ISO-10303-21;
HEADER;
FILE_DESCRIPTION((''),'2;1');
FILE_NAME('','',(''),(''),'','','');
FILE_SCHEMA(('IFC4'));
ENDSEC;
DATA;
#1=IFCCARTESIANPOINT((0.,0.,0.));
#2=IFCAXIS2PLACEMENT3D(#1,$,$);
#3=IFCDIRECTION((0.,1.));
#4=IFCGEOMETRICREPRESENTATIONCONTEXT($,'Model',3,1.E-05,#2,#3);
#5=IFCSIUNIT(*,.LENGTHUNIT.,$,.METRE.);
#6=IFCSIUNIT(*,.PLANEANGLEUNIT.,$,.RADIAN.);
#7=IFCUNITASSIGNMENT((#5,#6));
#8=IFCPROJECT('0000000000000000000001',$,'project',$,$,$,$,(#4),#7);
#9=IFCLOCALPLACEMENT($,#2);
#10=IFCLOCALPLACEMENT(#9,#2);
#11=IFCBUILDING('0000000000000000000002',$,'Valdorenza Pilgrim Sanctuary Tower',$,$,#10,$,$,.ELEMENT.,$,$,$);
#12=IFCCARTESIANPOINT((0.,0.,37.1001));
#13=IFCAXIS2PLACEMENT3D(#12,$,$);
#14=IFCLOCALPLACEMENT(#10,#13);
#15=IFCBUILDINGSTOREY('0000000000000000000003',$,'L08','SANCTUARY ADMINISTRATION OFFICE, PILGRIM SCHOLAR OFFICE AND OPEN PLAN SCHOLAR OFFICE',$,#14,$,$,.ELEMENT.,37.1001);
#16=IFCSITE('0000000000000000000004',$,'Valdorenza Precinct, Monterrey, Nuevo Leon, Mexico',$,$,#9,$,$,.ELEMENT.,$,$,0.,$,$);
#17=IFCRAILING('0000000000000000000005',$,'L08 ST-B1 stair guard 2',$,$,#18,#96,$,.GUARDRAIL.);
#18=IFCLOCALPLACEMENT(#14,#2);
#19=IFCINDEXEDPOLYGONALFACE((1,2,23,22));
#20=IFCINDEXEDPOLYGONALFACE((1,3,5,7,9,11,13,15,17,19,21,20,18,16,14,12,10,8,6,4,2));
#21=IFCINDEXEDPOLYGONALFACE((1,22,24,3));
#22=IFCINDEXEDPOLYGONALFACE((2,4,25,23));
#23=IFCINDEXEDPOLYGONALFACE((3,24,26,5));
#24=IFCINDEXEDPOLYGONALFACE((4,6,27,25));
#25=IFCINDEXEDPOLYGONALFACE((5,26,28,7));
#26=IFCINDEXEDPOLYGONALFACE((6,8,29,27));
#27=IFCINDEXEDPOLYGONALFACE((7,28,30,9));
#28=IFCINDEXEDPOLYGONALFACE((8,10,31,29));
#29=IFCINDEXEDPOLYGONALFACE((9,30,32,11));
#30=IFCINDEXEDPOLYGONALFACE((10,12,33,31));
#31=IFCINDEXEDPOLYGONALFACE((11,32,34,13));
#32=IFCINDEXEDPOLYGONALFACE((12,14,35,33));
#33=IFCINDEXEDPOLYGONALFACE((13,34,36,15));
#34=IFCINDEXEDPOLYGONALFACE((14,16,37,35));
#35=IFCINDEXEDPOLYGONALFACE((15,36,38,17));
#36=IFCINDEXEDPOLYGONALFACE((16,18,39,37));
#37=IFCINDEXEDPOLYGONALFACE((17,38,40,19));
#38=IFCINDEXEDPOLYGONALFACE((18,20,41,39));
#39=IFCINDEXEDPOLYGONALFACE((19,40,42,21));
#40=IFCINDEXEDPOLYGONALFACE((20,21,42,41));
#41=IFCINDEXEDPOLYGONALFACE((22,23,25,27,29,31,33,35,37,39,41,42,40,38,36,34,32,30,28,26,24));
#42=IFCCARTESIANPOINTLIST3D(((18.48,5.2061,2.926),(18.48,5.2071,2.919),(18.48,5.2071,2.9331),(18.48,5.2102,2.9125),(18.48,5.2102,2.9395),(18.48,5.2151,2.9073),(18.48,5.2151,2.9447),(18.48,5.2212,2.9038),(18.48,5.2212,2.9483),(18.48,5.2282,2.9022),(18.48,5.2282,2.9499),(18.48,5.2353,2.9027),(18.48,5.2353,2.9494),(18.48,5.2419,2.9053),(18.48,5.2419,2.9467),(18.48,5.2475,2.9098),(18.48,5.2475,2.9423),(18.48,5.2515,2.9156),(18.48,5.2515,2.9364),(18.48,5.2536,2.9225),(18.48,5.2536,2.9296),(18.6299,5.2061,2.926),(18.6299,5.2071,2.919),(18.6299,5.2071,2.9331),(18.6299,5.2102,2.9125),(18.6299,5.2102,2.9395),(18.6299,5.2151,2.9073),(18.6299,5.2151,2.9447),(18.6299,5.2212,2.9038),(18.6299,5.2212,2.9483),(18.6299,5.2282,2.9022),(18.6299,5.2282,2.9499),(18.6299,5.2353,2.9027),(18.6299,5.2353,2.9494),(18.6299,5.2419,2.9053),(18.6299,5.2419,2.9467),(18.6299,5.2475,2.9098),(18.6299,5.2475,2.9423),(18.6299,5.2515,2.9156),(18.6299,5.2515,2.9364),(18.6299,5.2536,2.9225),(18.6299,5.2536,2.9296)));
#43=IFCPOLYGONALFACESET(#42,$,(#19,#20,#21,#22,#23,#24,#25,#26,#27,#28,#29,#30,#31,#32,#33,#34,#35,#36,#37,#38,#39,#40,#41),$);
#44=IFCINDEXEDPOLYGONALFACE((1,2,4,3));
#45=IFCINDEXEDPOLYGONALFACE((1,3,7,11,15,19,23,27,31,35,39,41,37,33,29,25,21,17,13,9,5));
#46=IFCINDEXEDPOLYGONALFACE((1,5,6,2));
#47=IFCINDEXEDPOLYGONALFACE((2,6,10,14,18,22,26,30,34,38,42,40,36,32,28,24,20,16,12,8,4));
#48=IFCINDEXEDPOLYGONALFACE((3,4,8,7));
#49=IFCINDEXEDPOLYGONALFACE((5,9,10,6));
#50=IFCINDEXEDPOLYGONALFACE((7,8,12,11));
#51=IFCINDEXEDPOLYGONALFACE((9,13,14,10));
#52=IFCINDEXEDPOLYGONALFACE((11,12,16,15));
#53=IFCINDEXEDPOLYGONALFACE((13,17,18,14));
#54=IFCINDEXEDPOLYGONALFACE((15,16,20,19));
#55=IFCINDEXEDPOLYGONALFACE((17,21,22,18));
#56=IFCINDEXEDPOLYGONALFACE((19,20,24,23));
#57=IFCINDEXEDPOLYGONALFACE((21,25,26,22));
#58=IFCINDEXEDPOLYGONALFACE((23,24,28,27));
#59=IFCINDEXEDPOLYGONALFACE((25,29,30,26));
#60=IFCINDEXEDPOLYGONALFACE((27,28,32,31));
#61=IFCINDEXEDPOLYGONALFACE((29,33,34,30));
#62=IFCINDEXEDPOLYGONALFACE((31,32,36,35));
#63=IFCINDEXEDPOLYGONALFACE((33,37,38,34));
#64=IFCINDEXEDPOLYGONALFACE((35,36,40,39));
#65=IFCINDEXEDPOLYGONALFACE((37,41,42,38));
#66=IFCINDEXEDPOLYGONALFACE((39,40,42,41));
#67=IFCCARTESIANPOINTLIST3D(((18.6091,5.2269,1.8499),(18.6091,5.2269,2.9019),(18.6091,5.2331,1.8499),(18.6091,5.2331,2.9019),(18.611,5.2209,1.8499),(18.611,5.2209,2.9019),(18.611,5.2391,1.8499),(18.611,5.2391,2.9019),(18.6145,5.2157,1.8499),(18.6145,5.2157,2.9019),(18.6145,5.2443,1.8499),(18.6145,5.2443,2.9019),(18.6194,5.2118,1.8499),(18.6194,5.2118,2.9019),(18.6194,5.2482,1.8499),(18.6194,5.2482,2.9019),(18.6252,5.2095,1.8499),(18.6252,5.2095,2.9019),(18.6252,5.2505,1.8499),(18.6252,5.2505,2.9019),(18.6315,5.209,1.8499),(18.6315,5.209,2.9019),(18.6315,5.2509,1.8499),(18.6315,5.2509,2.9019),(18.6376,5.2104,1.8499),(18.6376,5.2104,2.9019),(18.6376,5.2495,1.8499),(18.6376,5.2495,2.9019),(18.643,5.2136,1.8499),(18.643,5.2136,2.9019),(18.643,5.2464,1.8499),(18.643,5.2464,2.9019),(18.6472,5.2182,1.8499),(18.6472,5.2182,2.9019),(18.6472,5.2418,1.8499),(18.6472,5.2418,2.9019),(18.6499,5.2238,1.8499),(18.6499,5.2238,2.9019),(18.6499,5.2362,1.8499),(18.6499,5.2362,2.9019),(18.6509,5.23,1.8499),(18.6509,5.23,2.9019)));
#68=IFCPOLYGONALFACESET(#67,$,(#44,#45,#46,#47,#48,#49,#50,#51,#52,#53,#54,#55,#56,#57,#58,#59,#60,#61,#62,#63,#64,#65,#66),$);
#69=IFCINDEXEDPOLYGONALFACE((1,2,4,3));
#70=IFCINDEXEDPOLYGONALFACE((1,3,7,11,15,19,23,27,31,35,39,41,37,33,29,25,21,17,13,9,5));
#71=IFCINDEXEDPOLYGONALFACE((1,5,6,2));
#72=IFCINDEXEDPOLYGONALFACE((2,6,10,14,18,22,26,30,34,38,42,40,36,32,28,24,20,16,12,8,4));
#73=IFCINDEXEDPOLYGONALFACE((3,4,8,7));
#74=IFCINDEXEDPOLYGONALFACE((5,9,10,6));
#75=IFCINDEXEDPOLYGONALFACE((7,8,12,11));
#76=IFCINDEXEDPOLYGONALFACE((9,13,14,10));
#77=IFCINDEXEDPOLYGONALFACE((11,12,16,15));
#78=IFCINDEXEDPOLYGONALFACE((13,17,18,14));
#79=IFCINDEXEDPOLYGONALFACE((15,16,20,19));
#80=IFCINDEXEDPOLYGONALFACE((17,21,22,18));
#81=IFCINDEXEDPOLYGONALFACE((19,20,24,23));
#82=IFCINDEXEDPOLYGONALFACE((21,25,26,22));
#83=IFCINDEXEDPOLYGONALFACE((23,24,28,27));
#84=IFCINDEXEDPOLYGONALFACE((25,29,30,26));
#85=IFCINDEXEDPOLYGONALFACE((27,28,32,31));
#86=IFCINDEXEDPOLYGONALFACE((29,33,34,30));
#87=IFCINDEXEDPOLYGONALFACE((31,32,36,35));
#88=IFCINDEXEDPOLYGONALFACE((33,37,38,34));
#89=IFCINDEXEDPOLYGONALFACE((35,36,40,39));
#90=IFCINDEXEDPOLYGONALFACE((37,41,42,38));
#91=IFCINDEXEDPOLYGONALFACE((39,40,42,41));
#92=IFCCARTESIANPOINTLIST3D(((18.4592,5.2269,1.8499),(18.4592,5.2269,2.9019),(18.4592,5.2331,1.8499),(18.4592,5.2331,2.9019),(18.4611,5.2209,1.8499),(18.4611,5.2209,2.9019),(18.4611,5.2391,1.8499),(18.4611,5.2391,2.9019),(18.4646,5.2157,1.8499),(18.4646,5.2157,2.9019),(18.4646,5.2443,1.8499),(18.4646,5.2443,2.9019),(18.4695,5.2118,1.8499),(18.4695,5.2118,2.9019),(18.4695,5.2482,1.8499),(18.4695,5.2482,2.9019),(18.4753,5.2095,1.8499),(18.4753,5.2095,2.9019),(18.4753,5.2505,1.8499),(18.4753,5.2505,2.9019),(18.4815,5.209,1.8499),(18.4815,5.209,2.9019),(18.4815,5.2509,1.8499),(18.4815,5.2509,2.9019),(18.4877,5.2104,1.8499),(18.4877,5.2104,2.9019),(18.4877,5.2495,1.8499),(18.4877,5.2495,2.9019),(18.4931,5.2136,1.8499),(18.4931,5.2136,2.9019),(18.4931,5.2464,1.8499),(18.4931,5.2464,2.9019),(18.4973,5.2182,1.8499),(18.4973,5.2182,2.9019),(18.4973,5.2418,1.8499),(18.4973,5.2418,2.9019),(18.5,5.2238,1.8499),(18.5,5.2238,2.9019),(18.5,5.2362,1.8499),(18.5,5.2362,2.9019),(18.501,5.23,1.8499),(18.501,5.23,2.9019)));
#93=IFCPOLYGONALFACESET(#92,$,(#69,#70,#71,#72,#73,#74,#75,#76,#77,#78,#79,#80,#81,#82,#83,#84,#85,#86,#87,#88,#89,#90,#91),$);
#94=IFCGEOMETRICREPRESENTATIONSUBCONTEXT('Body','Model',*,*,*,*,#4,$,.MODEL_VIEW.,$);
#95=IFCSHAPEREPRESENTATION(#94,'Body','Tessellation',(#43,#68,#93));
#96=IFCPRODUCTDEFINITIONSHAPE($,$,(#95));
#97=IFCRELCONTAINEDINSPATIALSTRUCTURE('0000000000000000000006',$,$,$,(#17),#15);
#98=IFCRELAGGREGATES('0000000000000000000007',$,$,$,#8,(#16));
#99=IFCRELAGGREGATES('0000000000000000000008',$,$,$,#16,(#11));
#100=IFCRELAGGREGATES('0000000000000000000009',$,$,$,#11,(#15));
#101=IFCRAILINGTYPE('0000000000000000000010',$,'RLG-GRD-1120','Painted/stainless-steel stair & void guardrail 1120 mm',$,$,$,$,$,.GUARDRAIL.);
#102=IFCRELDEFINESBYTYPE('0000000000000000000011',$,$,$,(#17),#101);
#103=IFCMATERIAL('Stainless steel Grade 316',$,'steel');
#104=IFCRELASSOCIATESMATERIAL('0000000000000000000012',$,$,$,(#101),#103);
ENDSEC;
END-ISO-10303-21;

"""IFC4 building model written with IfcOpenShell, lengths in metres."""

from ifc_helpers import new_model, si_unit, direction, frame, origin, origin_2d, place, context, subcontext, project, spatial, circle, extrude, material, type_object, element, save


model = new_model("IFC4")

# Units and contexts
model_context = context("Model", 3, precision=1e-05, world=origin(), true_north=direction((0.0, 1.0)))
body_context = subcontext(model_context, "Body", "Model", "MODEL_VIEW")
ifc_project = project(units=[si_unit("LENGTHUNIT", "METRE"), si_unit("PLANEANGLEUNIT", "RADIAN")], contexts=[model_context])

# Site, building, storey
site_placement = place(None, origin())
site = spatial("IfcSite", under=ifc_project, at=site_placement, Name="Valdorenza Precinct, Monterrey, Nuevo Leon, Mexico", CompositionType="ELEMENT", RefElevation=0.0)
building_placement = place(site_placement, origin())
building = spatial("IfcBuilding", under=site, at=building_placement, Name="Valdorenza Pilgrim Sanctuary Tower", CompositionType="ELEMENT")
storey_placement = place(building_placement, frame((0.0, 0.0, 37.1001)))
storey = spatial("IfcBuildingStorey", under=building, at=storey_placement, Name="L08", Description="SANCTUARY ADMINISTRATION OFFICE, PILGRIM SCHOLAR OFFICE AND OPEN PLAN SCHOLAR OFFICE", CompositionType="ELEMENT", Elevation=37.1001)

# Railing
ifc_material_1 = material(Name="Stainless steel Grade 316", Category="steel")
railing_type_1 = type_object("IfcRailingType", Name="RLG-GRD-1120", Description="Painted/stainless-steel stair & void guardrail 1120 mm", PredefinedType="GUARDRAIL", material=ifc_material_1)
railing_1_placement = place(storey_placement, frame((18.6299, 5.23, 1.8499)))
element("IfcRailing", 1, at=railing_1_placement, inside=storey, type_object=railing_type_1, Name="L08 ST-B1 stair guard 2", PredefinedType="GUARDRAIL", context=body_context, shape_type="SweptSolid", body=[
    extrude(circle(Radius=0.0239, at=origin_2d()), frame((0.0, 0.0, 1.0762), z_axis=(-1.0, 0.0, 0.0), x_axis=(0.0, -1.0, 0.0)), (0.0, 0.0, 1.0), 0.1499),
    extrude(circle(Radius=0.021, at=origin_2d()), origin(), (0.0, 0.0, 1.0), 1.052),
    extrude(circle(Radius=0.021, at=origin_2d()), frame((-0.1499, 0.0, 0.0)), (0.0, 0.0, 1.0), 1.052),
])

save(model, "model.ifc")
